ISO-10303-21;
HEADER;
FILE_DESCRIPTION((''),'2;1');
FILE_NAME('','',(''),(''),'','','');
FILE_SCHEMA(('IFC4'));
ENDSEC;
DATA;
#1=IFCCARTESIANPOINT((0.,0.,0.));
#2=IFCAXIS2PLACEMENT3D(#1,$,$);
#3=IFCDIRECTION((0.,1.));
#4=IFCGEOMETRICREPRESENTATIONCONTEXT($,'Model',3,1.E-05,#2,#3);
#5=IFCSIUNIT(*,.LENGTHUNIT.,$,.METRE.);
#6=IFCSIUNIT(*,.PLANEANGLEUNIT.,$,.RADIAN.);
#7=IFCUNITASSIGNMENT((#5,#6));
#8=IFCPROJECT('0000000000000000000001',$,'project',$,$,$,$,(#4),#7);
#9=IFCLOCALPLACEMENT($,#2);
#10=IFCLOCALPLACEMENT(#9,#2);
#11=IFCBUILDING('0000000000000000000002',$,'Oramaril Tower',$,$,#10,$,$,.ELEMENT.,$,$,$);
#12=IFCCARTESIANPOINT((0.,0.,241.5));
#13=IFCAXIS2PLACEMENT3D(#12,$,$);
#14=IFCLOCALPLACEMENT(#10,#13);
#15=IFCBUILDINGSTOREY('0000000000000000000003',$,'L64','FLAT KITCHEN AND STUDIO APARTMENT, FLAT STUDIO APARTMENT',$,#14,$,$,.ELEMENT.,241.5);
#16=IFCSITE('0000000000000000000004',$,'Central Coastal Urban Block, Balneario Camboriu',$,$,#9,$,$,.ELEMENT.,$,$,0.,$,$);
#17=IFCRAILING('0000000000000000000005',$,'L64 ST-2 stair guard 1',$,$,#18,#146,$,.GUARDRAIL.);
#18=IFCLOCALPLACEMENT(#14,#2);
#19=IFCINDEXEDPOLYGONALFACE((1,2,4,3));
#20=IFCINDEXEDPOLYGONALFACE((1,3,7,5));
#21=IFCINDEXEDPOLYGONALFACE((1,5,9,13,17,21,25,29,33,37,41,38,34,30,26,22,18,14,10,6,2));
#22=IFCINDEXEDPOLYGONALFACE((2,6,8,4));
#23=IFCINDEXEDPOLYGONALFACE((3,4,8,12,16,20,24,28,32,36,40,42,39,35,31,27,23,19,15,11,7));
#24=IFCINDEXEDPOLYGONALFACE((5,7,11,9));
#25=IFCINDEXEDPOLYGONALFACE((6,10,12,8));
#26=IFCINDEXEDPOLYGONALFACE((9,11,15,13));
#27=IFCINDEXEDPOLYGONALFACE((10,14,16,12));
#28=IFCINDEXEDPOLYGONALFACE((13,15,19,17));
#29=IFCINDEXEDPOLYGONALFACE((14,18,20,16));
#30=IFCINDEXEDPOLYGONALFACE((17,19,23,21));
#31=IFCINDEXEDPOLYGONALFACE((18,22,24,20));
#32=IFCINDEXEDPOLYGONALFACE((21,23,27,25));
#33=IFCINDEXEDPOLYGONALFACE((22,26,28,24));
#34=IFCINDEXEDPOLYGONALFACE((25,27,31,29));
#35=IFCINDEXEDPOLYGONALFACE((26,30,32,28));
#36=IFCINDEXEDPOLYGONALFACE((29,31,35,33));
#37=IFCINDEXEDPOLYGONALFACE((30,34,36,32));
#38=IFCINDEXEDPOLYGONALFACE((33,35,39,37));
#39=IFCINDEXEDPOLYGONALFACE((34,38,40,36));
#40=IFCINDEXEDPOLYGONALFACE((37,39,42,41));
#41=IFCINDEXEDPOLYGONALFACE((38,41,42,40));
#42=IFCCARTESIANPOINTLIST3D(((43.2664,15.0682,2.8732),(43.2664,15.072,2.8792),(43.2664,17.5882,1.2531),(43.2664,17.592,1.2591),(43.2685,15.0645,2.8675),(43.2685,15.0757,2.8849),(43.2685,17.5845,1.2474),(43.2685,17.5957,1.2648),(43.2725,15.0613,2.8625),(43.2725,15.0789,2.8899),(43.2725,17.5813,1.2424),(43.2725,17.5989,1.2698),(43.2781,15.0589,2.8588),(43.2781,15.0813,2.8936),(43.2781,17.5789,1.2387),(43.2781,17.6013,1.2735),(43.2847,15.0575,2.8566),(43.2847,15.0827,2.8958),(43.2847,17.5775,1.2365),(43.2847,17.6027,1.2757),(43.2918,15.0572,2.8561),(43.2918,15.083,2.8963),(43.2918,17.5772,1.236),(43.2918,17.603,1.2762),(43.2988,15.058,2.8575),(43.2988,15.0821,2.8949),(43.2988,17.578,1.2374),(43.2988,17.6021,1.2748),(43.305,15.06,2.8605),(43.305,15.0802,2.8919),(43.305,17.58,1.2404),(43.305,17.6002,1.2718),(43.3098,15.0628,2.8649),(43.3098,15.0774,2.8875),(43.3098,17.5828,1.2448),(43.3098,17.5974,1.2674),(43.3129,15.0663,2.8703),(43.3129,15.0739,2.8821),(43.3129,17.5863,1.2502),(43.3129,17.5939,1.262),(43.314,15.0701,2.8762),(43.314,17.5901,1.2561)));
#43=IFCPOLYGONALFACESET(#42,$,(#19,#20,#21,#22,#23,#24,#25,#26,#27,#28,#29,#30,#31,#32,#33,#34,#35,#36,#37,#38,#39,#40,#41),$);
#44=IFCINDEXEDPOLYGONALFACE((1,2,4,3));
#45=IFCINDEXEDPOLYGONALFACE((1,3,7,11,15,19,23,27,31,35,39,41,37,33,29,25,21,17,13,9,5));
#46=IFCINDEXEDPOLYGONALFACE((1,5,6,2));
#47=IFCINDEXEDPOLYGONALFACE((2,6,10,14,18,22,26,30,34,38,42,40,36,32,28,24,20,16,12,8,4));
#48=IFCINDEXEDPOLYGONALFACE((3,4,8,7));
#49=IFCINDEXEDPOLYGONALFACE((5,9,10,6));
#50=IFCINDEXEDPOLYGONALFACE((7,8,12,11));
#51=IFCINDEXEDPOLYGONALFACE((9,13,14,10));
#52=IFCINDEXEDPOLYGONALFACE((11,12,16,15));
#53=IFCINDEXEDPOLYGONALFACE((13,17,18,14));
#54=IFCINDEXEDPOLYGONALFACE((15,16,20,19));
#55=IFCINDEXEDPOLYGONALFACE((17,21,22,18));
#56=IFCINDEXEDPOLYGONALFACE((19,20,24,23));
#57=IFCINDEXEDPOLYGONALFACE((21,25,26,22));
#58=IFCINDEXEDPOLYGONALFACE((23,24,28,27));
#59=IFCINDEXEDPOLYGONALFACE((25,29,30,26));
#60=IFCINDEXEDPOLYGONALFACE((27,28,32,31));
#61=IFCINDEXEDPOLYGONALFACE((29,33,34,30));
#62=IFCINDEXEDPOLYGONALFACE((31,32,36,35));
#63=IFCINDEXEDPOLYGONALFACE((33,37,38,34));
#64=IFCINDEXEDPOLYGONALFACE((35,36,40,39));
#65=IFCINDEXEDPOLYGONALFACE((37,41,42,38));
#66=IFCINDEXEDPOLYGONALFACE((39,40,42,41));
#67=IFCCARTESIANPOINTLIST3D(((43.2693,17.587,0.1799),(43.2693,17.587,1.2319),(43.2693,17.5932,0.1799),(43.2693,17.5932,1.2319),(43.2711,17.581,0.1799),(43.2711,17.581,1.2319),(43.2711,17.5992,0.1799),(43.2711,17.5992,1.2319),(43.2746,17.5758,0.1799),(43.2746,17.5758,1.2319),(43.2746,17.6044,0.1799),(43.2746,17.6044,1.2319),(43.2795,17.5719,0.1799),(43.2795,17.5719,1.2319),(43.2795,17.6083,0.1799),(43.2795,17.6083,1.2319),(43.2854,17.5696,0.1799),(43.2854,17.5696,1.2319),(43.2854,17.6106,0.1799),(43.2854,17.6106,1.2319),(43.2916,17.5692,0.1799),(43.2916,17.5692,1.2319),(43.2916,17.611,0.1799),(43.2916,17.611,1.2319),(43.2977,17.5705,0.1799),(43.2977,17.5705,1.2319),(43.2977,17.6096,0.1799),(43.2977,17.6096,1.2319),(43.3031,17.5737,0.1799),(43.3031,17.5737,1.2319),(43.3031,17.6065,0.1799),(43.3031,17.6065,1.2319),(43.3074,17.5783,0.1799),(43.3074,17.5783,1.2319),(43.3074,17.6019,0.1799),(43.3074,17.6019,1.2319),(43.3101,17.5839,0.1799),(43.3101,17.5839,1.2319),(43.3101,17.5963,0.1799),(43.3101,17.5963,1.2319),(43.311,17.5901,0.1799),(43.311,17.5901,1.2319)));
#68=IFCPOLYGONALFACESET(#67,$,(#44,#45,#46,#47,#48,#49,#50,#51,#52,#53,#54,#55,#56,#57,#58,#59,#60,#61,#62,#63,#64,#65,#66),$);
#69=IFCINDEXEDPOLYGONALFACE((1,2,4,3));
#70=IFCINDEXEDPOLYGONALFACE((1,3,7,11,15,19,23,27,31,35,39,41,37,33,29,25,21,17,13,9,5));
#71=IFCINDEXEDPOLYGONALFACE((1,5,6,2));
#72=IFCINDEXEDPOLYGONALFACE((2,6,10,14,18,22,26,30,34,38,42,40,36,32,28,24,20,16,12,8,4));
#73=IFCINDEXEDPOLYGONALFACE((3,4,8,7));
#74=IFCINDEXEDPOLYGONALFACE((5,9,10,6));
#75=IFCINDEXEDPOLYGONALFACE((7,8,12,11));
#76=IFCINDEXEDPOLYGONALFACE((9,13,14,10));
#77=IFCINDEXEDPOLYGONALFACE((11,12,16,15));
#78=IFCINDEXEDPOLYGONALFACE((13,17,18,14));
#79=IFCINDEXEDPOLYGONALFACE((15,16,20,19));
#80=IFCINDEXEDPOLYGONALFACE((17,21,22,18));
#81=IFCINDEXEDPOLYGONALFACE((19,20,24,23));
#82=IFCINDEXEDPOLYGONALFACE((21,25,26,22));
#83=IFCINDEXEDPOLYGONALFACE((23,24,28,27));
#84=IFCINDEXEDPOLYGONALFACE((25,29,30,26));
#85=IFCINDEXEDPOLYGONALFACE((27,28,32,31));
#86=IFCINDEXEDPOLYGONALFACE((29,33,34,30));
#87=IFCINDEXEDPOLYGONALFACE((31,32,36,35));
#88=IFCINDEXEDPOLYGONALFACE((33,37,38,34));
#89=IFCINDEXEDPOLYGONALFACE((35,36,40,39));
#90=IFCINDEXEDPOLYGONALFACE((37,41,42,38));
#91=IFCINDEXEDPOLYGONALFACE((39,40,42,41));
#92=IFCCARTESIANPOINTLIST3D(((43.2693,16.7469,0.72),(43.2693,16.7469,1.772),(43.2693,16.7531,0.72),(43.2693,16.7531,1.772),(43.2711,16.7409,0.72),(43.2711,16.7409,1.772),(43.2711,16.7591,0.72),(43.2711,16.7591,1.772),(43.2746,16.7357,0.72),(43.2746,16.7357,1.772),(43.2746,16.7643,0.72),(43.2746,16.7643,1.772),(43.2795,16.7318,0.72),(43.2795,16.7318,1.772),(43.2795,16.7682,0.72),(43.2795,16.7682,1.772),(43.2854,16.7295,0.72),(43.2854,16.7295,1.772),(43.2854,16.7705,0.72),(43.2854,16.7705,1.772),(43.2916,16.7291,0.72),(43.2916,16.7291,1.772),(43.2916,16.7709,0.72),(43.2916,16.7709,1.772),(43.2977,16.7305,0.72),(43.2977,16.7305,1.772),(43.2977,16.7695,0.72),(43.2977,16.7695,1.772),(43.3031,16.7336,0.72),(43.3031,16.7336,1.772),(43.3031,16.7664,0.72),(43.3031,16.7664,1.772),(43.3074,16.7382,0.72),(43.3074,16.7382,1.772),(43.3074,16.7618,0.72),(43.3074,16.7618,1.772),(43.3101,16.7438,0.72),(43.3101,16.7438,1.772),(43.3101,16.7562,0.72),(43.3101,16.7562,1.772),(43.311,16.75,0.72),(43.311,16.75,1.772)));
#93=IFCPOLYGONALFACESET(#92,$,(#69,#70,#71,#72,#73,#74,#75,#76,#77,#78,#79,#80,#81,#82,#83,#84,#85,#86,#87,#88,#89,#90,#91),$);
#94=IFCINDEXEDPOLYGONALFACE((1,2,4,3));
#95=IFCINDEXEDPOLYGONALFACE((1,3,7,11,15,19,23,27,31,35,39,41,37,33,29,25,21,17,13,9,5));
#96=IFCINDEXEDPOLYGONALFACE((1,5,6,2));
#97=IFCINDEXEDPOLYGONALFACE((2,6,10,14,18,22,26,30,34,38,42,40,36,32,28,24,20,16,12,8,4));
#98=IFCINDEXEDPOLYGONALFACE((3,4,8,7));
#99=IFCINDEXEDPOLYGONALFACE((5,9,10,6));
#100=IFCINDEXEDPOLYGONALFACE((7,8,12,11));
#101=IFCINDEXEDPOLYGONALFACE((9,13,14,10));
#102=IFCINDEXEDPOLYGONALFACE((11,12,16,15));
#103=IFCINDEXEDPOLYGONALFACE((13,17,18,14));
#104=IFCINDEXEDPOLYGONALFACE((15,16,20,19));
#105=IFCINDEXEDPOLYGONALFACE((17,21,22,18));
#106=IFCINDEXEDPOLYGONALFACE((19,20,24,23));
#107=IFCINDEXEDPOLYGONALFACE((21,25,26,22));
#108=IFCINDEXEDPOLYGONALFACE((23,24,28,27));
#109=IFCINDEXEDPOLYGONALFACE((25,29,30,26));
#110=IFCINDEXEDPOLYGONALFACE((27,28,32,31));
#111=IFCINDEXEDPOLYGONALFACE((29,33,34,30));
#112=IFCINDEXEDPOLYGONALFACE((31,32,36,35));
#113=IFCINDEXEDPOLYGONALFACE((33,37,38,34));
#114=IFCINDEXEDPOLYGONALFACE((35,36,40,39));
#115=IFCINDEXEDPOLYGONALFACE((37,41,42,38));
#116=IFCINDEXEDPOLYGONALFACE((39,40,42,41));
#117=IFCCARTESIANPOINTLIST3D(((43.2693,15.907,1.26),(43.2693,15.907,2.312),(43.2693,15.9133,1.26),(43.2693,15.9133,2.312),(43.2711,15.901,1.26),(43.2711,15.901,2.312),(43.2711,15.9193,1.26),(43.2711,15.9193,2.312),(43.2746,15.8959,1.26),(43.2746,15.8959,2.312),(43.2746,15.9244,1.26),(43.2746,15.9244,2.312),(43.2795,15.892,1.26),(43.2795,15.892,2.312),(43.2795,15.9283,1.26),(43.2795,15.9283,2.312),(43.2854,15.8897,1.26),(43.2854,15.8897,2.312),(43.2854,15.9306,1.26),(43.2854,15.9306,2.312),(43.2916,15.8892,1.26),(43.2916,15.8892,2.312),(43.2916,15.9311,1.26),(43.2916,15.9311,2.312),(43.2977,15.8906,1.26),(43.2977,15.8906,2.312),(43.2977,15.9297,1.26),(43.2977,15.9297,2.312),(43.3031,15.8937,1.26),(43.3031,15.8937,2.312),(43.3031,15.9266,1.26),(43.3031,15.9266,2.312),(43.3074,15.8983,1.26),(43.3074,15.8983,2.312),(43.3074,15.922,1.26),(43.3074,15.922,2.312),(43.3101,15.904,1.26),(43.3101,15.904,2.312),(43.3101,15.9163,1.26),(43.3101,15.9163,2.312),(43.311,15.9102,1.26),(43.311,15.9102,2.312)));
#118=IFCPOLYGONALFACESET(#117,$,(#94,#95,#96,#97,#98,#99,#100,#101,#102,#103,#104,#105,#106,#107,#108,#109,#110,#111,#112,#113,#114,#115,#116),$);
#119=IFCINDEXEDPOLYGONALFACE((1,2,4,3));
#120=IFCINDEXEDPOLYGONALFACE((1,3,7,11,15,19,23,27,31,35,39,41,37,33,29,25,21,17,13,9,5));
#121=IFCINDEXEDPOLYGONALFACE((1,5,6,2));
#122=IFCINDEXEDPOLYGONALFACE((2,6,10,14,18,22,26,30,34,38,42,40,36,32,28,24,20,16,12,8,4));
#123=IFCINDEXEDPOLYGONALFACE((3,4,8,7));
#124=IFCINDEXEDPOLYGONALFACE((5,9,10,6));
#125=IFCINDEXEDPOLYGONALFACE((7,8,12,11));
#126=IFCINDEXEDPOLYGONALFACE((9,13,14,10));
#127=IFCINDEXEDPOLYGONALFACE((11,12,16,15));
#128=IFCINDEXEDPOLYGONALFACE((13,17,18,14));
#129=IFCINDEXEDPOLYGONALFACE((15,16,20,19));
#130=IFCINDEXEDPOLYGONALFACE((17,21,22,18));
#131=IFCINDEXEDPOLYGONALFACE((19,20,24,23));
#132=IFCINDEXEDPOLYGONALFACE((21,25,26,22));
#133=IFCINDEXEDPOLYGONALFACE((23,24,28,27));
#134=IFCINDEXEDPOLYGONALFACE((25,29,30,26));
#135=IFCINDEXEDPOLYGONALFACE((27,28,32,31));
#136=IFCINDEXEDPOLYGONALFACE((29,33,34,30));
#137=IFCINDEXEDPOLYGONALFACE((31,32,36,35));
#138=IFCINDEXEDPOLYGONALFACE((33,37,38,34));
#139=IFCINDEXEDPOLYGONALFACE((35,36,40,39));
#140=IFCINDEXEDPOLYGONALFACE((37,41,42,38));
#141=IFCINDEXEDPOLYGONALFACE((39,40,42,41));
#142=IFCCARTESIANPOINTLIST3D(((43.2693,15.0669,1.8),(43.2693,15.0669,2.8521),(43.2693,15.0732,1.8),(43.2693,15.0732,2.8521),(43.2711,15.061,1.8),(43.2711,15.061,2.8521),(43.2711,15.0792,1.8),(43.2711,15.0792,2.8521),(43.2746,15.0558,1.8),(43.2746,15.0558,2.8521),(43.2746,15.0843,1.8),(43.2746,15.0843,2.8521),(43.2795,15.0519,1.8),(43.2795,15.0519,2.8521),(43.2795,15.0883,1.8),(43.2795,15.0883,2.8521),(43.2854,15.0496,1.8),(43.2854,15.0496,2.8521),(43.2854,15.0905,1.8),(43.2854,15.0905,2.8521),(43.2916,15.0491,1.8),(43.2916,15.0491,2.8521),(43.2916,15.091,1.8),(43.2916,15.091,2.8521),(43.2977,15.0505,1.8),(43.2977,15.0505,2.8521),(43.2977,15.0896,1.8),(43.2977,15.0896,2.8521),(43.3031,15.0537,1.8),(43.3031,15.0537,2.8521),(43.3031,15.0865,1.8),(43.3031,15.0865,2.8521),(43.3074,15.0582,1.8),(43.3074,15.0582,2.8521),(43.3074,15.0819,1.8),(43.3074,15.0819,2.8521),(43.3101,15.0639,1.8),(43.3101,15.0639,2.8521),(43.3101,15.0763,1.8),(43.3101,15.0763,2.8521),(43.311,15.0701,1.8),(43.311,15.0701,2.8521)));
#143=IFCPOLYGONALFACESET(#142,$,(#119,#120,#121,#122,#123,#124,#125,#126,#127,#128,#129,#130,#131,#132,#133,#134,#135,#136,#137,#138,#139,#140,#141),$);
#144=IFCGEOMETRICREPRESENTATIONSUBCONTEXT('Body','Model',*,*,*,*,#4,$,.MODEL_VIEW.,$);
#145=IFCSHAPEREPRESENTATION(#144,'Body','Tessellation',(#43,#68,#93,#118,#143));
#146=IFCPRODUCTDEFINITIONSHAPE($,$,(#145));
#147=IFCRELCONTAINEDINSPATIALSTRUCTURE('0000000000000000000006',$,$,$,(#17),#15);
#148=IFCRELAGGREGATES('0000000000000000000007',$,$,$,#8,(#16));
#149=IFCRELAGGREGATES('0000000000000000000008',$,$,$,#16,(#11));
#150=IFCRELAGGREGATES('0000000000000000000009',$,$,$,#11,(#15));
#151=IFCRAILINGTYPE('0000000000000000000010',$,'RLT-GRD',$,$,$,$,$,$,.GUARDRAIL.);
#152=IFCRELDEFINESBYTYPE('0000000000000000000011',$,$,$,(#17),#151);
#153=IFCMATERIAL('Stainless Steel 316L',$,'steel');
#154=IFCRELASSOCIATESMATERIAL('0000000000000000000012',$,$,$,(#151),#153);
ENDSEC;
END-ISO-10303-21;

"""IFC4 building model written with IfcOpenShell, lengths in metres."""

from ifc_helpers import new_model, si_unit, direction, frame, origin, origin_2d, place, context, subcontext, project, spatial, circle, extrude, material, type_object, element, save


model = new_model("IFC4")

# Units and contexts
model_context = context("Model", 3, precision=1e-05, world=origin(), true_north=direction((0.0, 1.0)))
body_context = subcontext(model_context, "Body", "Model", "MODEL_VIEW")
ifc_project = project(units=[si_unit("LENGTHUNIT", "METRE"), si_unit("PLANEANGLEUNIT", "RADIAN")], contexts=[model_context])

# Site, building, storey
site_placement = place(None, origin())
site = spatial("IfcSite", under=ifc_project, at=site_placement, Name="Central Coastal Urban Block, Balneario Camboriu", CompositionType="ELEMENT", RefElevation=0.0)
building_placement = place(site_placement, origin())
building = spatial("IfcBuilding", under=site, at=building_placement, Name="Oramaril Tower", CompositionType="ELEMENT")
storey_placement = place(building_placement, frame((0.0, 0.0, 241.5)))
storey = spatial("IfcBuildingStorey", under=building, at=storey_placement, Name="L64", Description="FLAT KITCHEN AND STUDIO APARTMENT, FLAT STUDIO APARTMENT", CompositionType="ELEMENT", Elevation=241.5)

# Railing
ifc_material_1 = material(Name="Stainless Steel 316L", Category="steel")
railing_type_1 = type_object("IfcRailingType", Name="RLT-GRD", PredefinedType="GUARDRAIL", material=ifc_material_1)
railing_1_placement = place(storey_placement, frame((43.29, 17.5901, 0.1799)))
element("IfcRailing", 1, at=railing_1_placement, inside=storey, type_object=railing_type_1, Name="L64 ST-2 stair guard 1", PredefinedType="GUARDRAIL", context=body_context, shape_type="SweptSolid", body=[
    extrude(circle(Radius=0.0239, at=origin_2d()), frame((0.0, 0.0, 1.0762), z_axis=(0.0, -0.841163, 0.540782), x_axis=(1.0, 0.0, 0.0)), (0.0, 0.0, 1.0), 2.9958),
    extrude(circle(Radius=0.021, at=origin_2d()), origin(), (0.0, 0.0, 1.0), 1.052),
    extrude(circle(Radius=0.021, at=origin_2d()), frame((0.0, -0.8401, 0.54)), (0.0, 0.0, 1.0), 1.052),
    extrude(circle(Radius=0.021, at=origin_2d()), frame((0.0, -1.6799, 1.0801)), (0.0, 0.0, 1.0), 1.052),
    extrude(circle(Radius=0.021, at=origin_2d()), frame((0.0, -2.52, 1.6201)), (0.0, 0.0, 1.0), 1.052),
])

save(model, "model.ifc")
